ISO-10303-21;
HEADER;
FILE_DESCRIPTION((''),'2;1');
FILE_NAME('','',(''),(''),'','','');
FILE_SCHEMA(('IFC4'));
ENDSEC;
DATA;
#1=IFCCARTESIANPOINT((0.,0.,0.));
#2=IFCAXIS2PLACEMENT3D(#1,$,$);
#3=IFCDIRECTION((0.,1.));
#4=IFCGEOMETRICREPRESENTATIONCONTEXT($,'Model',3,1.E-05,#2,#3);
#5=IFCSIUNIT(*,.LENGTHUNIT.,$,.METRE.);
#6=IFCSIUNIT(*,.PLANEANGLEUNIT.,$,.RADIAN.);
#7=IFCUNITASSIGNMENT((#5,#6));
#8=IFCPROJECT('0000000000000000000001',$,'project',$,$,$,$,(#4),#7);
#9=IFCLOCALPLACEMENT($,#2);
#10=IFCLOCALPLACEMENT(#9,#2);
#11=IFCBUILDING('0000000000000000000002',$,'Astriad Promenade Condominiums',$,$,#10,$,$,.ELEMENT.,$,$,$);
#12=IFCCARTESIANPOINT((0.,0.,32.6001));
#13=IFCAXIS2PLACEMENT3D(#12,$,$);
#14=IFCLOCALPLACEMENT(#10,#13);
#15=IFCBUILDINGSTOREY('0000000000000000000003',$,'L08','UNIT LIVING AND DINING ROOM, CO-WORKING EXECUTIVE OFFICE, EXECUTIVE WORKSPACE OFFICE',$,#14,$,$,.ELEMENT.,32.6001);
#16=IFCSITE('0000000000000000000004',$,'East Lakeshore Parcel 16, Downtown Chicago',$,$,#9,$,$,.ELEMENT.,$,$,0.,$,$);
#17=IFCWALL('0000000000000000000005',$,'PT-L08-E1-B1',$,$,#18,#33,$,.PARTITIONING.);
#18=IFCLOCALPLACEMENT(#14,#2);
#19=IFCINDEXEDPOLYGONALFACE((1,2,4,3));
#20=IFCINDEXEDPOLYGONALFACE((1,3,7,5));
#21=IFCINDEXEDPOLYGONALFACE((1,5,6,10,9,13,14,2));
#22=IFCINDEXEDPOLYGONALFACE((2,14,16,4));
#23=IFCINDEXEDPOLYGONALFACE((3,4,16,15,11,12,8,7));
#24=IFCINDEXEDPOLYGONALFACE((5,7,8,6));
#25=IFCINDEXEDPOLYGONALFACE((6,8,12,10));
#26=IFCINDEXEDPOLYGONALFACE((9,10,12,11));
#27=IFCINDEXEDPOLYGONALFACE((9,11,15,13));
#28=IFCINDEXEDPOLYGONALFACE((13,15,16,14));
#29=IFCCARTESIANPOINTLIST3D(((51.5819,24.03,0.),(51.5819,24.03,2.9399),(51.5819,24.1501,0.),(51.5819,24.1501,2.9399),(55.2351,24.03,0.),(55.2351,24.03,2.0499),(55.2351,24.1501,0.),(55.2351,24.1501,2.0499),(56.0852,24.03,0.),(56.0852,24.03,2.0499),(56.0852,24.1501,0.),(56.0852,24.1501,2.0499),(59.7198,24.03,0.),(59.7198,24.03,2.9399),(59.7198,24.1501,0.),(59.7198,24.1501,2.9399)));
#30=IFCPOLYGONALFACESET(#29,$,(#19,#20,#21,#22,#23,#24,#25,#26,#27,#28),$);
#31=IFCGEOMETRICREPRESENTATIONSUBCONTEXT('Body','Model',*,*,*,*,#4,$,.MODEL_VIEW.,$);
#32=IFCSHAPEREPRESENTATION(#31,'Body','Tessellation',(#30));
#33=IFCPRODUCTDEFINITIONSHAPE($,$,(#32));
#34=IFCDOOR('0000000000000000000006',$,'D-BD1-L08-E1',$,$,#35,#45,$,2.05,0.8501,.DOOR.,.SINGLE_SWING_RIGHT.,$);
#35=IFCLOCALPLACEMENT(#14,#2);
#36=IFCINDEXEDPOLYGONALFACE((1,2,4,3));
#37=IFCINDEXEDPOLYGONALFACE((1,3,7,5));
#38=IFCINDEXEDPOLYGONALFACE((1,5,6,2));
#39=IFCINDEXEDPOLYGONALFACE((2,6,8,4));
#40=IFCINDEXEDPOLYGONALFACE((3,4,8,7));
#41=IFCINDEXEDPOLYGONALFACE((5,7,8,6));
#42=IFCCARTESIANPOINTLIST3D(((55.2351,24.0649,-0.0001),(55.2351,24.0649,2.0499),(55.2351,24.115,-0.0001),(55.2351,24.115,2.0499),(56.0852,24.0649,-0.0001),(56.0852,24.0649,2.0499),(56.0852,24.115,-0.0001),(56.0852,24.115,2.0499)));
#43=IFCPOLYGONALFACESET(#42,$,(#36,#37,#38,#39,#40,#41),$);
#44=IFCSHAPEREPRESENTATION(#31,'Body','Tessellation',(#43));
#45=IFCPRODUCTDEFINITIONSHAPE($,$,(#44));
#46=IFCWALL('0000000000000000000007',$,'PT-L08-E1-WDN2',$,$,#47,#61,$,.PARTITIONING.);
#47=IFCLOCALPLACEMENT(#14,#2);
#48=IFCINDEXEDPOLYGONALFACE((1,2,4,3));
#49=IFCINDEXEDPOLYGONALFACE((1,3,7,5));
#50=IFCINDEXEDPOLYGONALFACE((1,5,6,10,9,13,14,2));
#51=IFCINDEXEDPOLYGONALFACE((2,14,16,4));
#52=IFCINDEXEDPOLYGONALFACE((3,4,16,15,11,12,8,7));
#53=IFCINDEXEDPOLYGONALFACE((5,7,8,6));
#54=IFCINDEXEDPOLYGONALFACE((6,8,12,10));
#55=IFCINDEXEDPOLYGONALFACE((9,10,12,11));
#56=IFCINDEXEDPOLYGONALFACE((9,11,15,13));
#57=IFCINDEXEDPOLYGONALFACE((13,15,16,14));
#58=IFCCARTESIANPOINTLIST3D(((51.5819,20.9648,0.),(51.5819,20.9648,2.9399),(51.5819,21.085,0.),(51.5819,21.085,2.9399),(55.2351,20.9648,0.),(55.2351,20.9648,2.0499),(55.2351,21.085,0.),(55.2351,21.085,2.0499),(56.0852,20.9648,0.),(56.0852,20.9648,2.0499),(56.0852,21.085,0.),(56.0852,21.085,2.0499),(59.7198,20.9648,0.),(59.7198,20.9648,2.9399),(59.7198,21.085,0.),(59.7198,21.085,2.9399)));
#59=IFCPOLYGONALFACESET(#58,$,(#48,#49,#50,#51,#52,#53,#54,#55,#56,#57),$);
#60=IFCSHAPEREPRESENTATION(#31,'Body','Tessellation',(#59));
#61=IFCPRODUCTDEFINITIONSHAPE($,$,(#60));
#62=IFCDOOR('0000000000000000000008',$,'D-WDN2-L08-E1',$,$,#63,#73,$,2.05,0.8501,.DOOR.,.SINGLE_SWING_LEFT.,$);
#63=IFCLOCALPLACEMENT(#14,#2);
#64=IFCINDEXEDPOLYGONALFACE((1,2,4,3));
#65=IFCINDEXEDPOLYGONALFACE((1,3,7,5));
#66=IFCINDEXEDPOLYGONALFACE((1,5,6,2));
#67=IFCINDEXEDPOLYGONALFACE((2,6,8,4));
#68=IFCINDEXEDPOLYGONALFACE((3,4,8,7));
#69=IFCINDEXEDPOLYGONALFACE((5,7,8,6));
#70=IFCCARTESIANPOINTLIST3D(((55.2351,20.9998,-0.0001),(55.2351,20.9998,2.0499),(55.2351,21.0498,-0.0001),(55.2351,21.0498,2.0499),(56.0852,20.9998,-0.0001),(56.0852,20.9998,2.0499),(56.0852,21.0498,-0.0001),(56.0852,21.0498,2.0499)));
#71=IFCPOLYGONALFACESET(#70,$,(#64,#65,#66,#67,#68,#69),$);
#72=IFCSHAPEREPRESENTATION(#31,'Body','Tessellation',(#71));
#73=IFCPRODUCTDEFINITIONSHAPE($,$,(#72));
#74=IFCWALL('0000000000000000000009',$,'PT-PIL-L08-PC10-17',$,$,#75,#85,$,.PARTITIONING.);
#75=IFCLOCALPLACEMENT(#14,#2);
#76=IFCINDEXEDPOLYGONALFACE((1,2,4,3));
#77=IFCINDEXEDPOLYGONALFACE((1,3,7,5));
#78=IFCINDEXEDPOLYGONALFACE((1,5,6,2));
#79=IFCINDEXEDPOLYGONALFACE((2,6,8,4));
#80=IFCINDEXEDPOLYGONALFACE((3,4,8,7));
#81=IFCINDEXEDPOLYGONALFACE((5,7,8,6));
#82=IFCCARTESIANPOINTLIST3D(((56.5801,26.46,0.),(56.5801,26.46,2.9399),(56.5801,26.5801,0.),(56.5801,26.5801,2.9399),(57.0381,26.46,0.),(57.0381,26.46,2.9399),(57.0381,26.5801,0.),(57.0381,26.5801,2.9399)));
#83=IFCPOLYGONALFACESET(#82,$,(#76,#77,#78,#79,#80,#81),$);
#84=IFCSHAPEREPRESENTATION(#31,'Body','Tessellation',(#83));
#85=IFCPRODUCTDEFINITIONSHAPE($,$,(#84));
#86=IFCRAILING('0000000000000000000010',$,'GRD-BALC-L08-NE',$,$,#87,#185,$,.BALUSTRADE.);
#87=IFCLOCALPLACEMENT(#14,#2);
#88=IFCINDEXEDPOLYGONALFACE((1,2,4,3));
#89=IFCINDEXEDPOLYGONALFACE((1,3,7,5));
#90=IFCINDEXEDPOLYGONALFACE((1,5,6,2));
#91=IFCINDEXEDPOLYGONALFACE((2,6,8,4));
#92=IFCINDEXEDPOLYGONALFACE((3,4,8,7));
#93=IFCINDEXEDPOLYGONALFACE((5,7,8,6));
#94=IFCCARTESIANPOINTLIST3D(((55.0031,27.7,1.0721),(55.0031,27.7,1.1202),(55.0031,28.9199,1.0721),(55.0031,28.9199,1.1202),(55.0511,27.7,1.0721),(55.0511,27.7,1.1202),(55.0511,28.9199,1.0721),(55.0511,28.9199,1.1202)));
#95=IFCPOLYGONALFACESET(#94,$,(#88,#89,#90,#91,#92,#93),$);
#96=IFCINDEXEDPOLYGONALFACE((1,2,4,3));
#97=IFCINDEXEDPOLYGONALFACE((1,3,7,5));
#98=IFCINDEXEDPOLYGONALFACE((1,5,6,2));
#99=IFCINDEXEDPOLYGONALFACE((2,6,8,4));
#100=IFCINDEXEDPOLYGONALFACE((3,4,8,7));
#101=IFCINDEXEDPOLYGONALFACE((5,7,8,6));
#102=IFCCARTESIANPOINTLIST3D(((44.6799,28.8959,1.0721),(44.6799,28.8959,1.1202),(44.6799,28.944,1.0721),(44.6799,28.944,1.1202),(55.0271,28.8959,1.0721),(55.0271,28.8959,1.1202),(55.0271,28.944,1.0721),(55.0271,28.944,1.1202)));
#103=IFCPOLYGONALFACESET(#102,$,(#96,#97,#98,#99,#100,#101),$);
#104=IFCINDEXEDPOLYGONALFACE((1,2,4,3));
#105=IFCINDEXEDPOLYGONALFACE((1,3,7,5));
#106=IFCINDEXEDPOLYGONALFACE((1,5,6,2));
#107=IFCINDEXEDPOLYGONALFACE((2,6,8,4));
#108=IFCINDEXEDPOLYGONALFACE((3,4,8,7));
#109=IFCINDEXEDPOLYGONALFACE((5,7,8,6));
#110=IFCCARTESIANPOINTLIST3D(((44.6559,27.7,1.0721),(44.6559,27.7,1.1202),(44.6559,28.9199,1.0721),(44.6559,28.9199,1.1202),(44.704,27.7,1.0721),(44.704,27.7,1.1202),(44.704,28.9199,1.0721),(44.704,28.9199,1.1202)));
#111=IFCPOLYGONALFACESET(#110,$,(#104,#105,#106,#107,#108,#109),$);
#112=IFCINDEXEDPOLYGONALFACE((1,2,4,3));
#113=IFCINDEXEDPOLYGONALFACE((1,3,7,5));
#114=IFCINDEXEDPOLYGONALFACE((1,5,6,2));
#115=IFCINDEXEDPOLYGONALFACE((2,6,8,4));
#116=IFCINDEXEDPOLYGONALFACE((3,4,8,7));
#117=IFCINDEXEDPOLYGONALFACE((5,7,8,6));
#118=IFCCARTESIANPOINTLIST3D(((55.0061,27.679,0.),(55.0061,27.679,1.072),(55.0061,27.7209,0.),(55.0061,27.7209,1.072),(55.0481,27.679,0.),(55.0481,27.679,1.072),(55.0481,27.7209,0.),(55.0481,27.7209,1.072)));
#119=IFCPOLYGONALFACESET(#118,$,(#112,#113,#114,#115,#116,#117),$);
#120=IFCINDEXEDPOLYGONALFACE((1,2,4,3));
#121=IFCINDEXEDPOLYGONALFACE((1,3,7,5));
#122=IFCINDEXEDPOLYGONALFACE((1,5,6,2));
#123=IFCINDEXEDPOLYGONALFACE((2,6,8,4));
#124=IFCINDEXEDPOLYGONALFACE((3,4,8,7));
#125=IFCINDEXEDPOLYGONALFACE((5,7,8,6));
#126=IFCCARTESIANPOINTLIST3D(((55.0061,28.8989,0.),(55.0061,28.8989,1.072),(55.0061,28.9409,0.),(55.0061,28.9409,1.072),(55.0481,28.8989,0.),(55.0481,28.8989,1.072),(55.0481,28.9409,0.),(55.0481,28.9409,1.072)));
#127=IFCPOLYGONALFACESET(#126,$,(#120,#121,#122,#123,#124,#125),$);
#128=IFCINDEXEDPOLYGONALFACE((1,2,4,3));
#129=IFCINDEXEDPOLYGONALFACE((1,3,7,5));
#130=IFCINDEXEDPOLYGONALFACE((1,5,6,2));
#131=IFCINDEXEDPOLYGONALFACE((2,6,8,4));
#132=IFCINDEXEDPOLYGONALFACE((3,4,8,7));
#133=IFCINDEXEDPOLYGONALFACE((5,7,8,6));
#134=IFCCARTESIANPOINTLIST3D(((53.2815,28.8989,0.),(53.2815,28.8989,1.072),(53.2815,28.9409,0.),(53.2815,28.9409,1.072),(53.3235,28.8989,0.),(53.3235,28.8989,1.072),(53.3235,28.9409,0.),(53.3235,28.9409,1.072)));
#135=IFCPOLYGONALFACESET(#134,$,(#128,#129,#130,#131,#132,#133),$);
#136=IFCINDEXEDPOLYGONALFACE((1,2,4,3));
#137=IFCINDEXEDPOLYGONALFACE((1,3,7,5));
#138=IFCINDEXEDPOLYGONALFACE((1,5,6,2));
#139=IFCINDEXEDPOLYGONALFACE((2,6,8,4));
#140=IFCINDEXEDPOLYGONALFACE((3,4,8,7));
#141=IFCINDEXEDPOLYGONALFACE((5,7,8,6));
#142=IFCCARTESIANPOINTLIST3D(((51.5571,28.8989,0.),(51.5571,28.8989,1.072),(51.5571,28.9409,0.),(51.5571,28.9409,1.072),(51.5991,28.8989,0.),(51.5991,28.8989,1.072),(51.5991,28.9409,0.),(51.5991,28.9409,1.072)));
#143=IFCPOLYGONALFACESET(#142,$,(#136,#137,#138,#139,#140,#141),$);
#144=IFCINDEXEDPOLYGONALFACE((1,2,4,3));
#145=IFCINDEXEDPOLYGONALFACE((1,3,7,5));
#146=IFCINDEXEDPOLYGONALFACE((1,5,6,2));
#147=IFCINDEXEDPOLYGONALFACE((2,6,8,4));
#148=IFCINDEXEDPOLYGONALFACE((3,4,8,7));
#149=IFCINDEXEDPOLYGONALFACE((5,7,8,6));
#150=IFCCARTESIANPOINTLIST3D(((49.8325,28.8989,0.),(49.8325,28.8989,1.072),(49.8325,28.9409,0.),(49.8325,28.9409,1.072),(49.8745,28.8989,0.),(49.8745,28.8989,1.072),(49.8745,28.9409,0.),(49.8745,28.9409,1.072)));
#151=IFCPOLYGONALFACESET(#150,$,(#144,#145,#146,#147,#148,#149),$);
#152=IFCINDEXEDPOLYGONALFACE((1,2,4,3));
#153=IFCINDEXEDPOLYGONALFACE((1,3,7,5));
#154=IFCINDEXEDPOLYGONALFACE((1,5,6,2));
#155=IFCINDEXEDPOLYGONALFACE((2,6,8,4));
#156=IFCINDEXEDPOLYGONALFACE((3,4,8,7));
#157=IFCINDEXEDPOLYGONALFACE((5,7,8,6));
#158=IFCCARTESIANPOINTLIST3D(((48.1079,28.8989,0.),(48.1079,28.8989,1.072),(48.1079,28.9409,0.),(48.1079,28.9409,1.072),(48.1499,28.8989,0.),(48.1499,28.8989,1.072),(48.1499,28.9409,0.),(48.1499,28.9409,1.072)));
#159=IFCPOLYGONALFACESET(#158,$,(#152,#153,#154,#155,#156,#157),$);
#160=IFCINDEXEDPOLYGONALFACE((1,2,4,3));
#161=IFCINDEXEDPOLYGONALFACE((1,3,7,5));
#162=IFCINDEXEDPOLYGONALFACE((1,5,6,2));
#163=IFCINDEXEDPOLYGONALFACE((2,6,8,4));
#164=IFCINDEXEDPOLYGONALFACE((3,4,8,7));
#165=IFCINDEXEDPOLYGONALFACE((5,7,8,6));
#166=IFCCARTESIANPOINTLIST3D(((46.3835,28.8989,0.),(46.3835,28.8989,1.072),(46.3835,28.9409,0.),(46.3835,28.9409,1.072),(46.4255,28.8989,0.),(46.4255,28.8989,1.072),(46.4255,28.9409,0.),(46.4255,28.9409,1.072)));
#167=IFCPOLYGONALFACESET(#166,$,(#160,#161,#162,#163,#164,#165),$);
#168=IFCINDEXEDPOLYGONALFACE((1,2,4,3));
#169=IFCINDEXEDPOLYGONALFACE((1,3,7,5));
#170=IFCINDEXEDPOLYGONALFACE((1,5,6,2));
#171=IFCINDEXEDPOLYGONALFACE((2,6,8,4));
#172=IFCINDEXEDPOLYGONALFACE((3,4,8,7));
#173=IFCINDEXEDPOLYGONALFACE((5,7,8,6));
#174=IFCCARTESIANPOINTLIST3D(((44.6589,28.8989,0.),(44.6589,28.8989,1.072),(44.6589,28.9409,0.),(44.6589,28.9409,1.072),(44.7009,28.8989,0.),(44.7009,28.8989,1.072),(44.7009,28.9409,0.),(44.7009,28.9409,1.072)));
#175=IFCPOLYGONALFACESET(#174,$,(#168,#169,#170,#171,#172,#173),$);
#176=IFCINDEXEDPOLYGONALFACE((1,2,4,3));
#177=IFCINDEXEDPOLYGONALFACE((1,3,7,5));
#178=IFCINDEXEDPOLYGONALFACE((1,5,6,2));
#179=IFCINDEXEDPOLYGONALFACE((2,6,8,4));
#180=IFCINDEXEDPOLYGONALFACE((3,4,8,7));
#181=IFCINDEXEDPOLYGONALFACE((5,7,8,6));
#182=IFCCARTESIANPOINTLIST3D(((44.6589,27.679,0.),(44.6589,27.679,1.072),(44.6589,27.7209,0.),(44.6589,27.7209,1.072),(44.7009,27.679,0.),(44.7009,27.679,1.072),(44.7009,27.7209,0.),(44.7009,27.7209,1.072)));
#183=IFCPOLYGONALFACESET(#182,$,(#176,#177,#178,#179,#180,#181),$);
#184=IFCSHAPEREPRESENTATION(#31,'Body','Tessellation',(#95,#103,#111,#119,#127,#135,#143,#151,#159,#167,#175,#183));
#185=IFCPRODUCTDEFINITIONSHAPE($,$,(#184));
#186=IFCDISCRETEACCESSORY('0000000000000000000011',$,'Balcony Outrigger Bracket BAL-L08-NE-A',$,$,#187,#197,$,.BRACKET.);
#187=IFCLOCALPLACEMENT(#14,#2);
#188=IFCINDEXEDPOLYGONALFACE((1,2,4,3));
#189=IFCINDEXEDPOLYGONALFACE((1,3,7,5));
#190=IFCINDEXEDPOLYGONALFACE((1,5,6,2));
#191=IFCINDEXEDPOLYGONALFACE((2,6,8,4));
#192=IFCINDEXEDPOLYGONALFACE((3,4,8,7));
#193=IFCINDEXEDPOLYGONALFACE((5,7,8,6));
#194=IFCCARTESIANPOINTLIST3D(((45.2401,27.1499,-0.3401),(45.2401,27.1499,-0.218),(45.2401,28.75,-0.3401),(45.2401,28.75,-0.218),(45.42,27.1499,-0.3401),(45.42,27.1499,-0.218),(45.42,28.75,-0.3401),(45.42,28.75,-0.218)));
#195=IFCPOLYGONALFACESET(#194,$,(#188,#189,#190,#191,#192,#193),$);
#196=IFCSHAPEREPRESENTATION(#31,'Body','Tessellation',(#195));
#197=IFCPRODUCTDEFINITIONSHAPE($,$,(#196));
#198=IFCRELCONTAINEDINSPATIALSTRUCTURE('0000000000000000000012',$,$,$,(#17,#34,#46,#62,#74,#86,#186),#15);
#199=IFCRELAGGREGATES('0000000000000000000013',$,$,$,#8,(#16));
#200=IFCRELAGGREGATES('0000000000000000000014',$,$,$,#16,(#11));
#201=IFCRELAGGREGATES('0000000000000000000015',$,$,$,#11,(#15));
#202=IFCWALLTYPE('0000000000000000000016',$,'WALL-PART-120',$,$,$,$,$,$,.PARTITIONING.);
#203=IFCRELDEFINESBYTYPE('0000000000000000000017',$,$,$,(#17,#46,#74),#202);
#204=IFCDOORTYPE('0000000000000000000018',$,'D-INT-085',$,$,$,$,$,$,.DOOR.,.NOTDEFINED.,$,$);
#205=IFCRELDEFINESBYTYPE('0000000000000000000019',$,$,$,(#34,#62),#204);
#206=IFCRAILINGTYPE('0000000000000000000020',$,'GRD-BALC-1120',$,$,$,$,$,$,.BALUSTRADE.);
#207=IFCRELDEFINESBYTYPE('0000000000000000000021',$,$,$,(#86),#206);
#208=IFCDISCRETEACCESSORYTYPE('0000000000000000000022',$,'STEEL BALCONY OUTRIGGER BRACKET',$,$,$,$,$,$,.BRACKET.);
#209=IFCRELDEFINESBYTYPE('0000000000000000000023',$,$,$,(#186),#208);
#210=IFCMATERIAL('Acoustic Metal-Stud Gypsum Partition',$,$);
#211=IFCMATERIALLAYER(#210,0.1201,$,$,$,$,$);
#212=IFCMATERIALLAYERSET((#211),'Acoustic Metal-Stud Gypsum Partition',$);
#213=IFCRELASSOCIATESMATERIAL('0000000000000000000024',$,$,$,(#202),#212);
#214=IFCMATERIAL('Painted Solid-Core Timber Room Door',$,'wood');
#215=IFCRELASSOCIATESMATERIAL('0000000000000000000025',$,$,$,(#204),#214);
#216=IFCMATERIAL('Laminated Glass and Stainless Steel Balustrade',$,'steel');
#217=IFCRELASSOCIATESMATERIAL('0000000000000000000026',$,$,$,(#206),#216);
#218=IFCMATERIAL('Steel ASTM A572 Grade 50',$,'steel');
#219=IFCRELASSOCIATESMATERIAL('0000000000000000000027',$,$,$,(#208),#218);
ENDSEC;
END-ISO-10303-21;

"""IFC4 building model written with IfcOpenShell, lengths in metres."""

from ifc_helpers import new_model, si_unit, direction, frame, frame_2d, origin, origin_2d, place, context, subcontext, project, spatial, rectangle, extrude, source, transform, mapped, material, layer, layer_set, type_object, type_shapes, element, fill, save


model = new_model("IFC4")

# Units and contexts
model_context = context("Model", 3, precision=1e-05, world=origin(), true_north=direction((0.0, 1.0)))
body_context = subcontext(model_context, "Body", "Model", "MODEL_VIEW")
ifc_project = project(units=[si_unit("LENGTHUNIT", "METRE"), si_unit("PLANEANGLEUNIT", "RADIAN")], contexts=[model_context])

# Site, building, storey
site_placement = place(None, origin())
site = spatial("IfcSite", under=ifc_project, at=site_placement, Name="East Lakeshore Parcel 16, Downtown Chicago", CompositionType="ELEMENT", RefElevation=0.0)
building_placement = place(site_placement, origin())
building = spatial("IfcBuilding", under=site, at=building_placement, Name="Astriad Promenade Condominiums", CompositionType="ELEMENT")
storey_placement = place(building_placement, frame((0.0, 0.0, 32.6001)))
storey = spatial("IfcBuildingStorey", under=building, at=storey_placement, Name="L08", Description="UNIT LIVING AND DINING ROOM, CO-WORKING EXECUTIVE OFFICE, EXECUTIVE WORKSPACE OFFICE", CompositionType="ELEMENT", Elevation=32.6001)

# Shared definitions
ifc_material_1 = material(Name="Acoustic Metal-Stud Gypsum Partition")
ifc_layer_1 = layer(ifc_material_1, 0.1201)
ifc_layer_set_1 = layer_set([ifc_layer_1], Name="Acoustic Metal-Stud Gypsum Partition")
wall_type_1 = type_object("IfcWallType", Name="WALL-PART-120", PredefinedType="PARTITIONING", material=ifc_layer_set_1)

# Walls, openings, doors
wall_1_placement = place(storey_placement, frame((51.582, 24.0901, 0.0), z_axis=(0.0, 0.0, 1.0), x_axis=(1.0, 0.0, 0.0)))
wall_1 = element("IfcWall", 1, at=wall_1_placement, inside=storey, type_object=wall_type_1, Name="PT-L08-E1-B1", PredefinedType="PARTITIONING", context=body_context, shape_type="SweptSolid", body=[
    extrude(rectangle(XDim=8.1379, YDim=0.1201, at=frame_2d((4.0688, 0.0))), origin(), (0.0, 0.0, 1.0), 2.9399),
])
opening_1_placement = place(wall_1_placement, frame((3.6531, 0.0, 0.0)))
opening_1 = element("IfcOpeningElement", 2, at=opening_1_placement, cuts=wall_1, PredefinedType="OPENING", context=body_context, shape_type="SweptSolid", body=[
    extrude(rectangle(XDim=0.8501, YDim=2.05, at=frame_2d((0.425, 1.0249))), frame((0.0, 0.0701, 0.0), z_axis=(0.0, -1.0, 0.0), x_axis=(1.0, 0.0, 0.0)), (0.0, 0.0, 1.0), 0.1401),
])
ifc_material_2 = material(Name="Painted Solid-Core Timber Room Door", Category="wood")
door_type = type_object("IfcDoorType", Name="D-INT-085", OperationType="NOTDEFINED", PredefinedType="DOOR", material=ifc_material_2)
shared_shape_1 = source(origin(), body_context, "Body", "SweptSolid", [
    extrude(rectangle(XDim=0.8501, YDim=2.05, at=frame_2d((0.425, 1.0249))), frame((0.0, 0.0249, 0.0), z_axis=(0.0, -1.0, 0.0), x_axis=(1.0, 0.0, 0.0)), (0.0, 0.0, 1.0), 0.05),
])
type_shapes(door_type, [shared_shape_1])
door_1_placement = place(opening_1_placement, origin())
door_1 = element("IfcDoor", 3, at=door_1_placement, inside=storey, type_object=door_type, Name="D-BD1-L08-E1", OperationType="SINGLE_SWING_RIGHT", OverallHeight=2.05, OverallWidth=0.8501, PredefinedType="DOOR", context=body_context, shape_type="MappedRepresentation", body=[
    mapped(shared_shape_1, transform((0.0, 0.0, 0.0), scale=1.0)),
])
fill(opening_1, door_1)
wall_2_placement = place(storey_placement, frame((51.582, 21.0249, 0.0), z_axis=(0.0, 0.0, 1.0), x_axis=(1.0, 0.0, 0.0)))
wall_2 = element("IfcWall", 4, at=wall_2_placement, inside=storey, type_object=wall_type_1, Name="PT-L08-E1-WDN2", PredefinedType="PARTITIONING", context=body_context, shape_type="SweptSolid", body=[
    extrude(rectangle(XDim=8.1379, YDim=0.1201, at=frame_2d((4.0688, 0.0))), origin(), (0.0, 0.0, 1.0), 2.9399),
])
opening_2_placement = place(wall_2_placement, frame((3.6531, 0.0, 0.0)))
opening_2 = element("IfcOpeningElement", 5, at=opening_2_placement, cuts=wall_2, PredefinedType="OPENING", context=body_context, shape_type="SweptSolid", body=[
    extrude(rectangle(XDim=0.8501, YDim=2.05, at=frame_2d((0.425, 1.0249))), frame((0.0, 0.0701, 0.0), z_axis=(0.0, -1.0, 0.0), x_axis=(1.0, 0.0, 0.0)), (0.0, 0.0, 1.0), 0.1401),
])
door_2_placement = place(opening_2_placement, origin())
door_2 = element("IfcDoor", 6, at=door_2_placement, inside=storey, type_object=door_type, Name="D-WDN2-L08-E1", OperationType="SINGLE_SWING_LEFT", OverallHeight=2.05, OverallWidth=0.8501, PredefinedType="DOOR", context=body_context, shape_type="MappedRepresentation", body=[
    mapped(shared_shape_1, transform((0.0, 0.0, 0.0), scale=1.0)),
])
fill(opening_2, door_2)

# Wall
wall_3_placement = place(storey_placement, frame((56.5801, 26.52, 0.0), z_axis=(0.0, 0.0, 1.0), x_axis=(1.0, 0.0, 0.0)))
element("IfcWall", 7, at=wall_3_placement, inside=storey, type_object=wall_type_1, Name="PT-PIL-L08-PC10-17", PredefinedType="PARTITIONING", context=body_context, shape_type="SweptSolid", body=[
    extrude(rectangle(XDim=0.458, YDim=0.1201, at=frame_2d((0.229, 0.0))), origin(), (0.0, 0.0, 1.0), 2.9399),
])

# Railing
ifc_material_3 = material(Name="Laminated Glass and Stainless Steel Balustrade", Category="steel")
railing_type = type_object("IfcRailingType", Name="GRD-BALC-1120", PredefinedType="BALUSTRADE", material=ifc_material_3)
shared_shape_2 = source(origin(), body_context, "Body", "SweptSolid", [
    extrude(rectangle(XDim=0.0481, YDim=0.0481, at=origin_2d()), frame((0.0, 0.0, 1.0962), z_axis=(0.0, 1.0, 0.0), x_axis=(-1.0, 0.0, 0.0)), (0.0, 0.0, 1.0), 1.22),
    extrude(rectangle(XDim=0.0481, YDim=0.0481, at=origin_2d()), frame((0.0, 1.22, 1.0962), z_axis=(-1.0, 0.0, 0.0), x_axis=(0.0, -1.0, 0.0)), (0.0, 0.0, 1.0), 10.3472),
    extrude(rectangle(XDim=0.0481, YDim=0.0481, at=origin_2d()), frame((-10.3472, 1.22, 1.0962), z_axis=(0.0, -1.0, 0.0), x_axis=(1.0, 0.0, 0.0)), (0.0, 0.0, 1.0), 1.22),
    extrude(rectangle(XDim=0.042, YDim=0.042, at=origin_2d()), origin(), (0.0, 0.0, 1.0), 1.072),
    extrude(rectangle(XDim=0.042, YDim=0.042, at=origin_2d()), frame((0.0, 1.22, 0.0)), (0.0, 0.0, 1.0), 1.072),
    extrude(rectangle(XDim=0.042, YDim=0.042, at=origin_2d()), frame((-1.7246, 1.22, 0.0)), (0.0, 0.0, 1.0), 1.072),
    extrude(rectangle(XDim=0.042, YDim=0.042, at=origin_2d()), frame((-3.449, 1.22, 0.0)), (0.0, 0.0, 1.0), 1.072),
    extrude(rectangle(XDim=0.042, YDim=0.042, at=origin_2d()), frame((-5.1736, 1.22, 0.0)), (0.0, 0.0, 1.0), 1.072),
    extrude(rectangle(XDim=0.042, YDim=0.042, at=origin_2d()), frame((-6.8982, 1.22, 0.0)), (0.0, 0.0, 1.0), 1.072),
    extrude(rectangle(XDim=0.042, YDim=0.042, at=origin_2d()), frame((-8.6226, 1.22, 0.0)), (0.0, 0.0, 1.0), 1.072),
    extrude(rectangle(XDim=0.042, YDim=0.042, at=origin_2d()), frame((-10.3472, 1.22, 0.0)), (0.0, 0.0, 1.0), 1.072),
    extrude(rectangle(XDim=0.042, YDim=0.042, at=origin_2d()), frame((-10.3472, 0.0, 0.0)), (0.0, 0.0, 1.0), 1.072),
])
type_shapes(railing_type, [shared_shape_2])
railing_placement = place(storey_placement, frame((55.0271, 27.7, 0.0)))
element("IfcRailing", 8, at=railing_placement, inside=storey, type_object=railing_type, Name="GRD-BALC-L08-NE", PredefinedType="BALUSTRADE", context=body_context, shape_type="MappedRepresentation", body=[
    mapped(shared_shape_2, transform((0.0, 0.0, 0.0), scale=1.0)),
])

# Discrete accessory
ifc_material_4 = material(Name="Steel ASTM A572 Grade 50", Category="steel")
discrete_accessory_type = type_object("IfcDiscreteAccessoryType", Name="STEEL BALCONY OUTRIGGER BRACKET", PredefinedType="BRACKET", material=ifc_material_4)
shared_shape_3 = source(origin(), body_context, "Body", "SweptSolid", [
    extrude(rectangle(XDim=1.6001, YDim=0.1799, at=origin_2d()), origin(), (0.0, 0.0, 1.0), 0.1221),
])
type_shapes(discrete_accessory_type, [shared_shape_3])
for number, where, z_axis, x_axis, name in (
    (9, (45.3301, 27.95, -0.3401), (0.0, 0.0, 1.0), (0.0, 1.0, 0.0), "Balcony Outrigger Bracket BAL-L08-NE-A"),
):
    element("IfcDiscreteAccessory", number, at=place(storey_placement, frame(where, z_axis=z_axis, x_axis=x_axis)), inside=storey, type_object=discrete_accessory_type, Name=name, PredefinedType="BRACKET", context=body_context, shape_type="MappedRepresentation", body=[
        mapped(shared_shape_3, transform((0.0, 0.0, 0.0), scale=1.0)),
    ])

save(model, "model.ifc")
